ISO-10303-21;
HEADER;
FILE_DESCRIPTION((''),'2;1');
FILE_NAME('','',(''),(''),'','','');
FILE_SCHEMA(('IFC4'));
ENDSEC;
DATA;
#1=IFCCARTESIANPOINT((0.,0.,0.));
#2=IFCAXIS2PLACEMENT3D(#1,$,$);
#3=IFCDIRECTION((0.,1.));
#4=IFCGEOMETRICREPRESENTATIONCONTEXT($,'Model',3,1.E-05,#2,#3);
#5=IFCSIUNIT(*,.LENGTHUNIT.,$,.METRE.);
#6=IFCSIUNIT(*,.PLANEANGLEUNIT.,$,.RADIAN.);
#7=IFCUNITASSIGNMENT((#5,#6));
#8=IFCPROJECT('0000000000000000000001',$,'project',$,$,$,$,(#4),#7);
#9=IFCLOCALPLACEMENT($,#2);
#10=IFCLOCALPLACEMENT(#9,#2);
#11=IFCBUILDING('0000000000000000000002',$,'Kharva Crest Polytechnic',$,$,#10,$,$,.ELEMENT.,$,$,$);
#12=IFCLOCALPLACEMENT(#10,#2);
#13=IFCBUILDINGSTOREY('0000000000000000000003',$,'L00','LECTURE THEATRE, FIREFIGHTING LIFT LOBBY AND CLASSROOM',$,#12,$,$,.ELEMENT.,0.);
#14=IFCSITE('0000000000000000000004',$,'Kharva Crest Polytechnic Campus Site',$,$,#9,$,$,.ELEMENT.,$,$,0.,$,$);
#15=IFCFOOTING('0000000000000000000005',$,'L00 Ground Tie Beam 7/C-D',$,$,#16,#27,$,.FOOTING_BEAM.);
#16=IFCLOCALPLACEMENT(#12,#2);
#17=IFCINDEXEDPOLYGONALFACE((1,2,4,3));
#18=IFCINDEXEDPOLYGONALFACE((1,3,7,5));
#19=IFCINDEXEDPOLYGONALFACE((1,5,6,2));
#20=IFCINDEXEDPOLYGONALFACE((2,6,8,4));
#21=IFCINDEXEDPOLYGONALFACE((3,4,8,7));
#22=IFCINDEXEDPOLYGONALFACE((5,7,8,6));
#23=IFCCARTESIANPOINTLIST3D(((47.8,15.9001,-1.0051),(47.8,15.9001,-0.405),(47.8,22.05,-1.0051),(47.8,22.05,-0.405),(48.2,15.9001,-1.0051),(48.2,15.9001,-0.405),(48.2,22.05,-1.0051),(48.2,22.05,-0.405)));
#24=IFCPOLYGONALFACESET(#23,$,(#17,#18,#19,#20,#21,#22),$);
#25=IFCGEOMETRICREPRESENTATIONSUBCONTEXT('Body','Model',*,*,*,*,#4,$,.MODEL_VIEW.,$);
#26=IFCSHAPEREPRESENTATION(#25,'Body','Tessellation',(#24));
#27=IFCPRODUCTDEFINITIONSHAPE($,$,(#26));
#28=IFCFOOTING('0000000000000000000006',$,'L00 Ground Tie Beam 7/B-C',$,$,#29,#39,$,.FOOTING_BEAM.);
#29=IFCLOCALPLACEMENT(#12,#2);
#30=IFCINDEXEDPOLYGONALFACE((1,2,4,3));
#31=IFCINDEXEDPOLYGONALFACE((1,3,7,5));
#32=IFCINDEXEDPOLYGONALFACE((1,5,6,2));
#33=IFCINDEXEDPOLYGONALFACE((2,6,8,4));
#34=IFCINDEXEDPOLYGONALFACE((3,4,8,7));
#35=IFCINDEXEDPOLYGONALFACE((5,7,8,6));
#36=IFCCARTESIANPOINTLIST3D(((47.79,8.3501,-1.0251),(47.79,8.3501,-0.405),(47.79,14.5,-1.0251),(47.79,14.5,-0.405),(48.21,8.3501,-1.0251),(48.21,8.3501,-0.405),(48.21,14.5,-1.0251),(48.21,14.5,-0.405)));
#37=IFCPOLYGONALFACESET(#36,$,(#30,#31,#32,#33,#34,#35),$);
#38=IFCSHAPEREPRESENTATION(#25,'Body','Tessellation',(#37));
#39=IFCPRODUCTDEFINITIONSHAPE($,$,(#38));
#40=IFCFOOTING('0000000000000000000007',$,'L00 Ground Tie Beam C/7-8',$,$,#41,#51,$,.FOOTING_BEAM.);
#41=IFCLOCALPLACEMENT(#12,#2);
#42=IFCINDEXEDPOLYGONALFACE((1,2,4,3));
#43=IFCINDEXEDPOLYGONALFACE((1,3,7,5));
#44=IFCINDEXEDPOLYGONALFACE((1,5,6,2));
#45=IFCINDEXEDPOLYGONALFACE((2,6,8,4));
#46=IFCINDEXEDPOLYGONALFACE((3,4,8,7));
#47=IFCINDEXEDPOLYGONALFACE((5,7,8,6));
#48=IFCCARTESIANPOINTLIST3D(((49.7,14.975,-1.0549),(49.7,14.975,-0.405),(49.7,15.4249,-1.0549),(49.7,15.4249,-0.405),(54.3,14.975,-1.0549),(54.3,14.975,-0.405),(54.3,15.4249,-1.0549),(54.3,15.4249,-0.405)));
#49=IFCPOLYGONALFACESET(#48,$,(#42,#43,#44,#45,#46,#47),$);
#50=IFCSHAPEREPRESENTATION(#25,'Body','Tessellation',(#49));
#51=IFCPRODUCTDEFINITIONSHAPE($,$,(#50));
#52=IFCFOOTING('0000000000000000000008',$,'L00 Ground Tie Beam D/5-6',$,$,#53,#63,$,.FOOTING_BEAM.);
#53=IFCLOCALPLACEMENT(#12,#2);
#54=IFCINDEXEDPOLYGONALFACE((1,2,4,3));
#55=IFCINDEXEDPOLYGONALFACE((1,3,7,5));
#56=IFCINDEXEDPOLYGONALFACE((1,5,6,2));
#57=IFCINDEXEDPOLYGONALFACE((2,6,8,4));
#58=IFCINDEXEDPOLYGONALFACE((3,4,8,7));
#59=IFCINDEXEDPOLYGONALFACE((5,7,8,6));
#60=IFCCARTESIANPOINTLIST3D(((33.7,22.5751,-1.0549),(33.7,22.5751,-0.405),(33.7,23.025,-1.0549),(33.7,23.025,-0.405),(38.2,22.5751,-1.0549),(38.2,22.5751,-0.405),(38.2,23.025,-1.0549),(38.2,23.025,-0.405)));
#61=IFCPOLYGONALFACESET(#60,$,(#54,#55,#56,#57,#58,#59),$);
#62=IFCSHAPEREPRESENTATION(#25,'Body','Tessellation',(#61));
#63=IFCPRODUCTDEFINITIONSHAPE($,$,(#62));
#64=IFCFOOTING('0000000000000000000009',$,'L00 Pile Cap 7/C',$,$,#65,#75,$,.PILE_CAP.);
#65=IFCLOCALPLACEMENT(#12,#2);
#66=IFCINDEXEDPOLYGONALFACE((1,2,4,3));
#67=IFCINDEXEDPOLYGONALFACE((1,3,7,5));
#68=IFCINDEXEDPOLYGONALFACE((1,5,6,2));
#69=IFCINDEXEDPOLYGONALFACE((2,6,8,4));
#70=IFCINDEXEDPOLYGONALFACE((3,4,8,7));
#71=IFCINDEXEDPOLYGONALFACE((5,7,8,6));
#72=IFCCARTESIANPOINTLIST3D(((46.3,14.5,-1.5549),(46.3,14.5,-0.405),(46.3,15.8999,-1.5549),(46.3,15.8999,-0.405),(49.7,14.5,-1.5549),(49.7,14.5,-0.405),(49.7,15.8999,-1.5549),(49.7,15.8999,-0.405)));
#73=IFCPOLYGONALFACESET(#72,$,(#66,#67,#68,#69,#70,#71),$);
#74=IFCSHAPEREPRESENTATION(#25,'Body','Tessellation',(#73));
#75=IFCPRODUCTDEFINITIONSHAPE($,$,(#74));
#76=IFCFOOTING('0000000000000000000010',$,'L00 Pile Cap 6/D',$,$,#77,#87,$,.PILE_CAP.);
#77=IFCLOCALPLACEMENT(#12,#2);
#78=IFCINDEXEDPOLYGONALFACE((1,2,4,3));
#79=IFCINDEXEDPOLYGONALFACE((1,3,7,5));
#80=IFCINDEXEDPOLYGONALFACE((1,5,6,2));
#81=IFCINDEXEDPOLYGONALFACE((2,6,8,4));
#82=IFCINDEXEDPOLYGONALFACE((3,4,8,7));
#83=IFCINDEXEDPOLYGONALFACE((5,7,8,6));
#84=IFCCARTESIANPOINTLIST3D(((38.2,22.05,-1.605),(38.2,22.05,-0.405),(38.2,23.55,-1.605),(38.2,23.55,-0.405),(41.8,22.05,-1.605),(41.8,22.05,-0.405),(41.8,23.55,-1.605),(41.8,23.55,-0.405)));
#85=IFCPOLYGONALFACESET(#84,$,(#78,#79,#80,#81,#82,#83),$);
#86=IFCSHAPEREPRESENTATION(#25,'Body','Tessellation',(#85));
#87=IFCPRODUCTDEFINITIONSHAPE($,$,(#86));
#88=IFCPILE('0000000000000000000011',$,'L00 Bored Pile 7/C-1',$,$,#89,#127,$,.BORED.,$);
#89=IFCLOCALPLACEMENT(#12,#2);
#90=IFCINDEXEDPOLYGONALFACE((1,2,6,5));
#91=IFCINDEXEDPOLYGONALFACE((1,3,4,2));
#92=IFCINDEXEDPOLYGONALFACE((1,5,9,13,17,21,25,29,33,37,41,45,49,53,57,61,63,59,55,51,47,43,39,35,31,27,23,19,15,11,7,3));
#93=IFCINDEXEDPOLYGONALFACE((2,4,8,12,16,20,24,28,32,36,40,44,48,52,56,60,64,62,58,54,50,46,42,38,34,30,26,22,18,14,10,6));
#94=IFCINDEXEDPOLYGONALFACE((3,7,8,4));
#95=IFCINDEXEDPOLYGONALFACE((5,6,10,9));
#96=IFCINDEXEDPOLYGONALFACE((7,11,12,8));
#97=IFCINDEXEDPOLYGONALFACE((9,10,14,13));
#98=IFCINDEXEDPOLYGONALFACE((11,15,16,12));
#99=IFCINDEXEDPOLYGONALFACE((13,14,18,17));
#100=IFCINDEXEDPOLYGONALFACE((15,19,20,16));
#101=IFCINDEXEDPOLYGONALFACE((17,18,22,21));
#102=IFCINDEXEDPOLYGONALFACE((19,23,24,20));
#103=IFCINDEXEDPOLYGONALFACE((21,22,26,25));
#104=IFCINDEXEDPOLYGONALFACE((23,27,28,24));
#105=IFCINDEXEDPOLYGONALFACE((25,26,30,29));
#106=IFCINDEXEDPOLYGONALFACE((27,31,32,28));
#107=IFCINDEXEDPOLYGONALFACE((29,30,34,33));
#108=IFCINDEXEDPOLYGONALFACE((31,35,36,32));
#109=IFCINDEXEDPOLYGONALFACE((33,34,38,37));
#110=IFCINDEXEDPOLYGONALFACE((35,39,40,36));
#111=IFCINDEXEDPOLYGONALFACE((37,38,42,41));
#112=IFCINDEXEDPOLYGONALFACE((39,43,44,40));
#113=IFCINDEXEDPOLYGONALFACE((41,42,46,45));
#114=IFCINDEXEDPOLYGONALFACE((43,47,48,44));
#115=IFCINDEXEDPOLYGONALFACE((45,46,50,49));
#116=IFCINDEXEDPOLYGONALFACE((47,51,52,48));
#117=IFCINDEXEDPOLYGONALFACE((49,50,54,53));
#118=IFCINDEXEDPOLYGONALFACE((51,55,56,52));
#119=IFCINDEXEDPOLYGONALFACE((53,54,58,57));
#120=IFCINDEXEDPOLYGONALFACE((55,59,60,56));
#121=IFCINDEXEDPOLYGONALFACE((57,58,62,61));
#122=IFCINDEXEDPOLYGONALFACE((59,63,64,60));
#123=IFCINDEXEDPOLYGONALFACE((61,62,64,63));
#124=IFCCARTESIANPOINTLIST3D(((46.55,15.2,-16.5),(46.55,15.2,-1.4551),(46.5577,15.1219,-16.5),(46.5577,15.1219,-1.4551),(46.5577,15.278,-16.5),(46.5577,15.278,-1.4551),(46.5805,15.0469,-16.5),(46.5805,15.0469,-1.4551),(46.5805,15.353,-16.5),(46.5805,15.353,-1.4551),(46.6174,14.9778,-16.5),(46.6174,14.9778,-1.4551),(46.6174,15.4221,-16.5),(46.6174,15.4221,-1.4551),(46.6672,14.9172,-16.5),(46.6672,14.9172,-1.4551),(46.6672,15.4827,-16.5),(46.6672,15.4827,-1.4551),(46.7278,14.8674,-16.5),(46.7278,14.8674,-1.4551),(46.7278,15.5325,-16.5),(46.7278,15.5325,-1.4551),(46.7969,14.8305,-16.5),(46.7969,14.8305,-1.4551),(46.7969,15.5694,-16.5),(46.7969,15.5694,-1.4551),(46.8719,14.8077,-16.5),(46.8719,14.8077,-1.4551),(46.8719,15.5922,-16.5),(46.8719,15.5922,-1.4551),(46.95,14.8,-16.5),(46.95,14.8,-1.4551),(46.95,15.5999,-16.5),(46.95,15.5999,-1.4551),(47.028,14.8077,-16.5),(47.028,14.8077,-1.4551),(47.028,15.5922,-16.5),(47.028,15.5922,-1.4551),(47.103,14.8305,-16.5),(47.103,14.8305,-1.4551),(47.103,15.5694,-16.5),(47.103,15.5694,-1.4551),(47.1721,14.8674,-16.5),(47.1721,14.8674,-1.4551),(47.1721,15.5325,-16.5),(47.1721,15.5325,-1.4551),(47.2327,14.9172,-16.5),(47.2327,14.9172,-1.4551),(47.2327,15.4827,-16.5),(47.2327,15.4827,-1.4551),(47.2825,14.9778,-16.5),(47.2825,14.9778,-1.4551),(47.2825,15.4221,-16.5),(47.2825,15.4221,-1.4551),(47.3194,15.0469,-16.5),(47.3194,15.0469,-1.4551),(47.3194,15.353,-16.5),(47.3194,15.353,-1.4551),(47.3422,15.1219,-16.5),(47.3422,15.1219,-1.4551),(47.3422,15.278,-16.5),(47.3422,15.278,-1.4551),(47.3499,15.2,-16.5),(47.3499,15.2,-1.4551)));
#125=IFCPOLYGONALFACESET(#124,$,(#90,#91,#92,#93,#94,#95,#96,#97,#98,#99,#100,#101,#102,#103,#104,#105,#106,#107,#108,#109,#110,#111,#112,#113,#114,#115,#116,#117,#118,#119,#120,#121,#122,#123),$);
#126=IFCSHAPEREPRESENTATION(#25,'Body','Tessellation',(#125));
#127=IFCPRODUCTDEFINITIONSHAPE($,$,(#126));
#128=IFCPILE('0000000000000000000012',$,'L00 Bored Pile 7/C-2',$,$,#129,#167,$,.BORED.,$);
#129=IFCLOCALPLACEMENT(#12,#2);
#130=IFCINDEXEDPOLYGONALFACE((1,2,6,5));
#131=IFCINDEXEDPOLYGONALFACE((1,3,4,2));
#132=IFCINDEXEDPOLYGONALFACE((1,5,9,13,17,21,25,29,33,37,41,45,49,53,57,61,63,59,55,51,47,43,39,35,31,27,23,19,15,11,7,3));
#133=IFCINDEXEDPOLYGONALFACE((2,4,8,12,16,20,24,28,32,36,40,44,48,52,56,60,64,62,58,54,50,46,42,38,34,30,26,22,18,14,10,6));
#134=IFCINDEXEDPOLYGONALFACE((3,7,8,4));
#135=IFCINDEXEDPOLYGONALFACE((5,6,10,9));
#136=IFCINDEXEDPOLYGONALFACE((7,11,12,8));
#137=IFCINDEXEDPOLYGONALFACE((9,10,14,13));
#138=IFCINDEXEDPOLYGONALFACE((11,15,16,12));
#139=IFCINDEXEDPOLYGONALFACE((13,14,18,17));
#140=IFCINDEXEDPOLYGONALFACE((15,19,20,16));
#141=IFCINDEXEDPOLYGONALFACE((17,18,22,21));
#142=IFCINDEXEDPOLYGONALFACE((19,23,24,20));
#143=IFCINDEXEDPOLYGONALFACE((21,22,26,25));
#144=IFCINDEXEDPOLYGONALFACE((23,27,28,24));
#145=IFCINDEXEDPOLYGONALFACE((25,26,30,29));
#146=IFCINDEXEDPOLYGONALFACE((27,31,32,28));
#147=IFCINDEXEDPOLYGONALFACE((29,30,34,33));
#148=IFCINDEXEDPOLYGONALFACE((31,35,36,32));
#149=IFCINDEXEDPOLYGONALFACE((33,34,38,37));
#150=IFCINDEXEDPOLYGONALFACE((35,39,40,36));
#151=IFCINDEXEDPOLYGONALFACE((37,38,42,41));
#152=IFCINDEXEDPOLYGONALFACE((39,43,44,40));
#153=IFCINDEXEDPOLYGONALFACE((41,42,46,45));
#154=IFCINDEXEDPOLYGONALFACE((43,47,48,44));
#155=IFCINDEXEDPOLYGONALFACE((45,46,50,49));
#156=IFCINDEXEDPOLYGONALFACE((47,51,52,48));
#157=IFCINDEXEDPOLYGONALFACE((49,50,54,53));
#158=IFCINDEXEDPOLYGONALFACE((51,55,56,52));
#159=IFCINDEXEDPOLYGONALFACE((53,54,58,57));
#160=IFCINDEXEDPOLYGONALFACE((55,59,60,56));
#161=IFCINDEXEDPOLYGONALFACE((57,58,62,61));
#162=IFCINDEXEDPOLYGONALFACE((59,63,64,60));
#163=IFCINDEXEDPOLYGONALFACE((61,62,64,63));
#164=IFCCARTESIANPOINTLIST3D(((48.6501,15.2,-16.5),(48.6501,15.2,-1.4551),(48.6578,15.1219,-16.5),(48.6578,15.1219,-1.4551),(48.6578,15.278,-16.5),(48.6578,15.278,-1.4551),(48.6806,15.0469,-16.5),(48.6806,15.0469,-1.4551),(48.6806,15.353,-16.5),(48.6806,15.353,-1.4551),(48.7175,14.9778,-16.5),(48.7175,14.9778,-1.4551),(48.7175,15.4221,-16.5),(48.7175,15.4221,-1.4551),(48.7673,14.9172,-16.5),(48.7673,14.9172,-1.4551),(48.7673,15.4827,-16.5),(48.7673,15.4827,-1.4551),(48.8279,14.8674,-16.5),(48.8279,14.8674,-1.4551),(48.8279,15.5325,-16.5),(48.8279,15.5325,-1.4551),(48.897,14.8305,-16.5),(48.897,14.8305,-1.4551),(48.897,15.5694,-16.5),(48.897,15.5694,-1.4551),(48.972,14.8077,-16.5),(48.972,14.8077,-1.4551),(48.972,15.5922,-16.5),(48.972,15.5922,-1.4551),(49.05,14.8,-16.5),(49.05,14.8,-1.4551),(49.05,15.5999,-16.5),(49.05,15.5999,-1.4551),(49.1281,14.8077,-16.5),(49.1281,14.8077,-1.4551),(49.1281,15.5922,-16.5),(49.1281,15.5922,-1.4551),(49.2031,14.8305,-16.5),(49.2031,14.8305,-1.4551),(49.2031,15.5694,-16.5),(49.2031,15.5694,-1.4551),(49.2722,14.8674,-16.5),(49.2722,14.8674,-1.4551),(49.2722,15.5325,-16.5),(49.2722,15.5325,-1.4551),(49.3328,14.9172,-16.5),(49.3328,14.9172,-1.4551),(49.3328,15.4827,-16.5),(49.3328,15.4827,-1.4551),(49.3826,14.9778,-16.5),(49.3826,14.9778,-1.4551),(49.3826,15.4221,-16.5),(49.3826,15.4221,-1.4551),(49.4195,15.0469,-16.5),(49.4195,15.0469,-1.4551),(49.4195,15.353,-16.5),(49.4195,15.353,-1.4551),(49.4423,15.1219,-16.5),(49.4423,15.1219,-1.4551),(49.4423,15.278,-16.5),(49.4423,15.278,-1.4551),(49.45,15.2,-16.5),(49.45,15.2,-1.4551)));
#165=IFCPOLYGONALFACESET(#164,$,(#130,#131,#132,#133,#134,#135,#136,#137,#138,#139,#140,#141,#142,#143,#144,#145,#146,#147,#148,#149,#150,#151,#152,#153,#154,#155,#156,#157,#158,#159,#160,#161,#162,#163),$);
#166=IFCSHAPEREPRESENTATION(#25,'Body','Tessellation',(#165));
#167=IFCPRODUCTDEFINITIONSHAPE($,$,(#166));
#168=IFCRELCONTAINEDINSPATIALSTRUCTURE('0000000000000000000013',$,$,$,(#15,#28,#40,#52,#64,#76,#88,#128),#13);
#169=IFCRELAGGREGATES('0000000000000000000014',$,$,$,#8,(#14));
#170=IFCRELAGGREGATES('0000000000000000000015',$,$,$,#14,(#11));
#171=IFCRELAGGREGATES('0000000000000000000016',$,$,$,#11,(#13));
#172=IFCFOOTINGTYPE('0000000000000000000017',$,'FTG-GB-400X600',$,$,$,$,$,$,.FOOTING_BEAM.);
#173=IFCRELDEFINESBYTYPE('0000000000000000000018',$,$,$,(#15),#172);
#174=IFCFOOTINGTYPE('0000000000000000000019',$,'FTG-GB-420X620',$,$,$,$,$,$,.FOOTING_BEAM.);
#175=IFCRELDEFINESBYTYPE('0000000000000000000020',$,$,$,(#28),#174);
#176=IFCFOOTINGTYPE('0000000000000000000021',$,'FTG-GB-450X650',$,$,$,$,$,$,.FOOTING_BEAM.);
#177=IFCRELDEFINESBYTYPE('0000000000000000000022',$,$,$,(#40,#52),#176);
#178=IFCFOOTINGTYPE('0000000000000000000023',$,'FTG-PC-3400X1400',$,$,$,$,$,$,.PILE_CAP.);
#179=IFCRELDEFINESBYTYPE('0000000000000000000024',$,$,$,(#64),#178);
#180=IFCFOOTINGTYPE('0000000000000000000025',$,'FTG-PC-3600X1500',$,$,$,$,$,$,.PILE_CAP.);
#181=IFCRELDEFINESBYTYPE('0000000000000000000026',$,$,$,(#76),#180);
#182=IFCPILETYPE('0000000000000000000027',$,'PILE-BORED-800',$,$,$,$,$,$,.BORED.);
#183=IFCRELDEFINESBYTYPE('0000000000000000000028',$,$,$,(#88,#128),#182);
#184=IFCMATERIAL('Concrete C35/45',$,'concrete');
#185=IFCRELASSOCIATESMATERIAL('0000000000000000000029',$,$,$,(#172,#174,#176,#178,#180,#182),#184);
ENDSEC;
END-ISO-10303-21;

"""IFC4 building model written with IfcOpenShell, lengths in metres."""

from ifc_helpers import new_model, si_unit, direction, frame, origin, origin_2d, place, context, subcontext, project, spatial, rectangle, circle, extrude, material, material_profile, profile_set, type_object, element, save


model = new_model("IFC4")

# Units and contexts
model_context = context("Model", 3, precision=1e-05, world=origin(), true_north=direction((0.0, 1.0)))
body_context = subcontext(model_context, "Body", "Model", "MODEL_VIEW")
ifc_project = project(units=[si_unit("LENGTHUNIT", "METRE"), si_unit("PLANEANGLEUNIT", "RADIAN")], contexts=[model_context])

# Site, building, storey
site_placement = place(None, origin())
site = spatial("IfcSite", under=ifc_project, at=site_placement, Name="Kharva Crest Polytechnic Campus Site", CompositionType="ELEMENT", RefElevation=0.0)
building_placement = place(site_placement, origin())
building = spatial("IfcBuilding", under=site, at=building_placement, Name="Kharva Crest Polytechnic", CompositionType="ELEMENT")
storey_placement = place(building_placement, origin())
storey = spatial("IfcBuildingStorey", under=building, at=storey_placement, Name="L00", Description="LECTURE THEATRE, FIREFIGHTING LIFT LOBBY AND CLASSROOM", CompositionType="ELEMENT", Elevation=0.0)

# Footings
ifc_material_1 = material(Name="Concrete C35/45", Category="concrete")
footing_type_1 = type_object("IfcFootingType", Name="FTG-GB-400X600", PredefinedType="FOOTING_BEAM", material=ifc_material_1)
footing_1_placement = place(storey_placement, frame((48.0, 18.9751, -1.0051), z_axis=(0.0, 0.0, 1.0), x_axis=(0.0, 1.0, 0.0)))
element("IfcFooting", 1, at=footing_1_placement, inside=storey, type_object=footing_type_1, Name="L00 Ground Tie Beam 7/C-D", PredefinedType="FOOTING_BEAM", context=body_context, shape_type="SweptSolid", body=[
    extrude(rectangle(XDim=6.1499, YDim=0.3999, at=origin_2d()), origin(), (0.0, 0.0, 1.0), 0.6001),
])
footing_type_2 = type_object("IfcFootingType", Name="FTG-GB-420X620", PredefinedType="FOOTING_BEAM", material=ifc_material_1)
footing_2_placement = place(storey_placement, frame((48.0, 11.425, -1.0251), z_axis=(0.0, 0.0, 1.0), x_axis=(0.0, 1.0, 0.0)))
element("IfcFooting", 2, at=footing_2_placement, inside=storey, type_object=footing_type_2, Name="L00 Ground Tie Beam 7/B-C", PredefinedType="FOOTING_BEAM", context=body_context, shape_type="SweptSolid", body=[
    extrude(rectangle(XDim=6.1499, YDim=0.4199, at=origin_2d()), origin(), (0.0, 0.0, 1.0), 0.6201),
])
footing_type_3 = type_object("IfcFootingType", Name="FTG-GB-450X650", PredefinedType="FOOTING_BEAM", material=ifc_material_1)
footing_3_placement = place(storey_placement, frame((52.0, 15.2, -1.0549), z_axis=(0.0, 0.0, 1.0), x_axis=(1.0, 0.0, 0.0)))
element("IfcFooting", 3, at=footing_3_placement, inside=storey, type_object=footing_type_3, Name="L00 Ground Tie Beam C/7-8", PredefinedType="FOOTING_BEAM", context=body_context, shape_type="SweptSolid", body=[
    extrude(rectangle(XDim=4.6001, YDim=0.45, at=origin_2d()), origin(), (0.0, 0.0, 1.0), 0.6499),
])
footing_4_placement = place(storey_placement, frame((35.95, 22.8, -1.0549), z_axis=(0.0, 0.0, 1.0), x_axis=(1.0, 0.0, 0.0)))
element("IfcFooting", 4, at=footing_4_placement, inside=storey, type_object=footing_type_3, Name="L00 Ground Tie Beam D/5-6", PredefinedType="FOOTING_BEAM", context=body_context, shape_type="SweptSolid", body=[
    extrude(rectangle(XDim=4.5, YDim=0.45, at=origin_2d()), origin(), (0.0, 0.0, 1.0), 0.6499),
])
footing_type_4 = type_object("IfcFootingType", Name="FTG-PC-3400X1400", PredefinedType="PILE_CAP", material=ifc_material_1)
footing_5_placement = place(storey_placement, frame((48.0, 15.2, -1.5549), z_axis=(0.0, 0.0, 1.0), x_axis=(1.0, 0.0, 0.0)))
element("IfcFooting", 5, at=footing_5_placement, inside=storey, type_object=footing_type_4, Name="L00 Pile Cap 7/C", PredefinedType="PILE_CAP", context=body_context, shape_type="SweptSolid", body=[
    extrude(rectangle(XDim=3.3999, YDim=1.3999, at=origin_2d()), origin(), (0.0, 0.0, 1.0), 1.1499),
])
footing_type_5 = type_object("IfcFootingType", Name="FTG-PC-3600X1500", PredefinedType="PILE_CAP", material=ifc_material_1)
footing_6_placement = place(storey_placement, frame((40.0, 22.8, -1.605), z_axis=(0.0, 0.0, 1.0), x_axis=(1.0, 0.0, 0.0)))
element("IfcFooting", 6, at=footing_6_placement, inside=storey, type_object=footing_type_5, Name="L00 Pile Cap 6/D", PredefinedType="PILE_CAP", context=body_context, shape_type="SweptSolid", body=[
    extrude(rectangle(XDim=3.6001, YDim=1.5, at=origin_2d()), origin(), (0.0, 0.0, 1.0), 1.2),
])

# Piles
ifc_material_profile_1 = material_profile(ifc_material_1, circle(Radius=0.3999, at=origin_2d()), Name="DIA 800")
ifc_profile_set_1 = profile_set([ifc_material_profile_1], Name="Concrete C35/45")
pile_type_1 = type_object("IfcPileType", Name="PILE-BORED-800", PredefinedType="BORED", material=ifc_profile_set_1)
for number, where, z_axis, x_axis, name in (
    (7, (46.95, 15.2, -1.4551), (0.0, 0.0, -1.0), (1.0, 0.0, 0.0), "L00 Bored Pile 7/C-1"),
    (8, (49.05, 15.2, -1.4551), (0.0, 0.0, -1.0), (1.0, 0.0, 0.0), "L00 Bored Pile 7/C-2"),
):
    element("IfcPile", number, at=place(storey_placement, frame(where, z_axis=z_axis, x_axis=x_axis)), inside=storey, type_object=pile_type_1, Name=name, PredefinedType="BORED", context=body_context, shape_type="SweptSolid", body=[
        extrude(circle(Radius=0.3999, at=origin_2d()), origin(), (0.0, 0.0, 1.0), 15.0449),
    ])

save(model, "model.ifc")
